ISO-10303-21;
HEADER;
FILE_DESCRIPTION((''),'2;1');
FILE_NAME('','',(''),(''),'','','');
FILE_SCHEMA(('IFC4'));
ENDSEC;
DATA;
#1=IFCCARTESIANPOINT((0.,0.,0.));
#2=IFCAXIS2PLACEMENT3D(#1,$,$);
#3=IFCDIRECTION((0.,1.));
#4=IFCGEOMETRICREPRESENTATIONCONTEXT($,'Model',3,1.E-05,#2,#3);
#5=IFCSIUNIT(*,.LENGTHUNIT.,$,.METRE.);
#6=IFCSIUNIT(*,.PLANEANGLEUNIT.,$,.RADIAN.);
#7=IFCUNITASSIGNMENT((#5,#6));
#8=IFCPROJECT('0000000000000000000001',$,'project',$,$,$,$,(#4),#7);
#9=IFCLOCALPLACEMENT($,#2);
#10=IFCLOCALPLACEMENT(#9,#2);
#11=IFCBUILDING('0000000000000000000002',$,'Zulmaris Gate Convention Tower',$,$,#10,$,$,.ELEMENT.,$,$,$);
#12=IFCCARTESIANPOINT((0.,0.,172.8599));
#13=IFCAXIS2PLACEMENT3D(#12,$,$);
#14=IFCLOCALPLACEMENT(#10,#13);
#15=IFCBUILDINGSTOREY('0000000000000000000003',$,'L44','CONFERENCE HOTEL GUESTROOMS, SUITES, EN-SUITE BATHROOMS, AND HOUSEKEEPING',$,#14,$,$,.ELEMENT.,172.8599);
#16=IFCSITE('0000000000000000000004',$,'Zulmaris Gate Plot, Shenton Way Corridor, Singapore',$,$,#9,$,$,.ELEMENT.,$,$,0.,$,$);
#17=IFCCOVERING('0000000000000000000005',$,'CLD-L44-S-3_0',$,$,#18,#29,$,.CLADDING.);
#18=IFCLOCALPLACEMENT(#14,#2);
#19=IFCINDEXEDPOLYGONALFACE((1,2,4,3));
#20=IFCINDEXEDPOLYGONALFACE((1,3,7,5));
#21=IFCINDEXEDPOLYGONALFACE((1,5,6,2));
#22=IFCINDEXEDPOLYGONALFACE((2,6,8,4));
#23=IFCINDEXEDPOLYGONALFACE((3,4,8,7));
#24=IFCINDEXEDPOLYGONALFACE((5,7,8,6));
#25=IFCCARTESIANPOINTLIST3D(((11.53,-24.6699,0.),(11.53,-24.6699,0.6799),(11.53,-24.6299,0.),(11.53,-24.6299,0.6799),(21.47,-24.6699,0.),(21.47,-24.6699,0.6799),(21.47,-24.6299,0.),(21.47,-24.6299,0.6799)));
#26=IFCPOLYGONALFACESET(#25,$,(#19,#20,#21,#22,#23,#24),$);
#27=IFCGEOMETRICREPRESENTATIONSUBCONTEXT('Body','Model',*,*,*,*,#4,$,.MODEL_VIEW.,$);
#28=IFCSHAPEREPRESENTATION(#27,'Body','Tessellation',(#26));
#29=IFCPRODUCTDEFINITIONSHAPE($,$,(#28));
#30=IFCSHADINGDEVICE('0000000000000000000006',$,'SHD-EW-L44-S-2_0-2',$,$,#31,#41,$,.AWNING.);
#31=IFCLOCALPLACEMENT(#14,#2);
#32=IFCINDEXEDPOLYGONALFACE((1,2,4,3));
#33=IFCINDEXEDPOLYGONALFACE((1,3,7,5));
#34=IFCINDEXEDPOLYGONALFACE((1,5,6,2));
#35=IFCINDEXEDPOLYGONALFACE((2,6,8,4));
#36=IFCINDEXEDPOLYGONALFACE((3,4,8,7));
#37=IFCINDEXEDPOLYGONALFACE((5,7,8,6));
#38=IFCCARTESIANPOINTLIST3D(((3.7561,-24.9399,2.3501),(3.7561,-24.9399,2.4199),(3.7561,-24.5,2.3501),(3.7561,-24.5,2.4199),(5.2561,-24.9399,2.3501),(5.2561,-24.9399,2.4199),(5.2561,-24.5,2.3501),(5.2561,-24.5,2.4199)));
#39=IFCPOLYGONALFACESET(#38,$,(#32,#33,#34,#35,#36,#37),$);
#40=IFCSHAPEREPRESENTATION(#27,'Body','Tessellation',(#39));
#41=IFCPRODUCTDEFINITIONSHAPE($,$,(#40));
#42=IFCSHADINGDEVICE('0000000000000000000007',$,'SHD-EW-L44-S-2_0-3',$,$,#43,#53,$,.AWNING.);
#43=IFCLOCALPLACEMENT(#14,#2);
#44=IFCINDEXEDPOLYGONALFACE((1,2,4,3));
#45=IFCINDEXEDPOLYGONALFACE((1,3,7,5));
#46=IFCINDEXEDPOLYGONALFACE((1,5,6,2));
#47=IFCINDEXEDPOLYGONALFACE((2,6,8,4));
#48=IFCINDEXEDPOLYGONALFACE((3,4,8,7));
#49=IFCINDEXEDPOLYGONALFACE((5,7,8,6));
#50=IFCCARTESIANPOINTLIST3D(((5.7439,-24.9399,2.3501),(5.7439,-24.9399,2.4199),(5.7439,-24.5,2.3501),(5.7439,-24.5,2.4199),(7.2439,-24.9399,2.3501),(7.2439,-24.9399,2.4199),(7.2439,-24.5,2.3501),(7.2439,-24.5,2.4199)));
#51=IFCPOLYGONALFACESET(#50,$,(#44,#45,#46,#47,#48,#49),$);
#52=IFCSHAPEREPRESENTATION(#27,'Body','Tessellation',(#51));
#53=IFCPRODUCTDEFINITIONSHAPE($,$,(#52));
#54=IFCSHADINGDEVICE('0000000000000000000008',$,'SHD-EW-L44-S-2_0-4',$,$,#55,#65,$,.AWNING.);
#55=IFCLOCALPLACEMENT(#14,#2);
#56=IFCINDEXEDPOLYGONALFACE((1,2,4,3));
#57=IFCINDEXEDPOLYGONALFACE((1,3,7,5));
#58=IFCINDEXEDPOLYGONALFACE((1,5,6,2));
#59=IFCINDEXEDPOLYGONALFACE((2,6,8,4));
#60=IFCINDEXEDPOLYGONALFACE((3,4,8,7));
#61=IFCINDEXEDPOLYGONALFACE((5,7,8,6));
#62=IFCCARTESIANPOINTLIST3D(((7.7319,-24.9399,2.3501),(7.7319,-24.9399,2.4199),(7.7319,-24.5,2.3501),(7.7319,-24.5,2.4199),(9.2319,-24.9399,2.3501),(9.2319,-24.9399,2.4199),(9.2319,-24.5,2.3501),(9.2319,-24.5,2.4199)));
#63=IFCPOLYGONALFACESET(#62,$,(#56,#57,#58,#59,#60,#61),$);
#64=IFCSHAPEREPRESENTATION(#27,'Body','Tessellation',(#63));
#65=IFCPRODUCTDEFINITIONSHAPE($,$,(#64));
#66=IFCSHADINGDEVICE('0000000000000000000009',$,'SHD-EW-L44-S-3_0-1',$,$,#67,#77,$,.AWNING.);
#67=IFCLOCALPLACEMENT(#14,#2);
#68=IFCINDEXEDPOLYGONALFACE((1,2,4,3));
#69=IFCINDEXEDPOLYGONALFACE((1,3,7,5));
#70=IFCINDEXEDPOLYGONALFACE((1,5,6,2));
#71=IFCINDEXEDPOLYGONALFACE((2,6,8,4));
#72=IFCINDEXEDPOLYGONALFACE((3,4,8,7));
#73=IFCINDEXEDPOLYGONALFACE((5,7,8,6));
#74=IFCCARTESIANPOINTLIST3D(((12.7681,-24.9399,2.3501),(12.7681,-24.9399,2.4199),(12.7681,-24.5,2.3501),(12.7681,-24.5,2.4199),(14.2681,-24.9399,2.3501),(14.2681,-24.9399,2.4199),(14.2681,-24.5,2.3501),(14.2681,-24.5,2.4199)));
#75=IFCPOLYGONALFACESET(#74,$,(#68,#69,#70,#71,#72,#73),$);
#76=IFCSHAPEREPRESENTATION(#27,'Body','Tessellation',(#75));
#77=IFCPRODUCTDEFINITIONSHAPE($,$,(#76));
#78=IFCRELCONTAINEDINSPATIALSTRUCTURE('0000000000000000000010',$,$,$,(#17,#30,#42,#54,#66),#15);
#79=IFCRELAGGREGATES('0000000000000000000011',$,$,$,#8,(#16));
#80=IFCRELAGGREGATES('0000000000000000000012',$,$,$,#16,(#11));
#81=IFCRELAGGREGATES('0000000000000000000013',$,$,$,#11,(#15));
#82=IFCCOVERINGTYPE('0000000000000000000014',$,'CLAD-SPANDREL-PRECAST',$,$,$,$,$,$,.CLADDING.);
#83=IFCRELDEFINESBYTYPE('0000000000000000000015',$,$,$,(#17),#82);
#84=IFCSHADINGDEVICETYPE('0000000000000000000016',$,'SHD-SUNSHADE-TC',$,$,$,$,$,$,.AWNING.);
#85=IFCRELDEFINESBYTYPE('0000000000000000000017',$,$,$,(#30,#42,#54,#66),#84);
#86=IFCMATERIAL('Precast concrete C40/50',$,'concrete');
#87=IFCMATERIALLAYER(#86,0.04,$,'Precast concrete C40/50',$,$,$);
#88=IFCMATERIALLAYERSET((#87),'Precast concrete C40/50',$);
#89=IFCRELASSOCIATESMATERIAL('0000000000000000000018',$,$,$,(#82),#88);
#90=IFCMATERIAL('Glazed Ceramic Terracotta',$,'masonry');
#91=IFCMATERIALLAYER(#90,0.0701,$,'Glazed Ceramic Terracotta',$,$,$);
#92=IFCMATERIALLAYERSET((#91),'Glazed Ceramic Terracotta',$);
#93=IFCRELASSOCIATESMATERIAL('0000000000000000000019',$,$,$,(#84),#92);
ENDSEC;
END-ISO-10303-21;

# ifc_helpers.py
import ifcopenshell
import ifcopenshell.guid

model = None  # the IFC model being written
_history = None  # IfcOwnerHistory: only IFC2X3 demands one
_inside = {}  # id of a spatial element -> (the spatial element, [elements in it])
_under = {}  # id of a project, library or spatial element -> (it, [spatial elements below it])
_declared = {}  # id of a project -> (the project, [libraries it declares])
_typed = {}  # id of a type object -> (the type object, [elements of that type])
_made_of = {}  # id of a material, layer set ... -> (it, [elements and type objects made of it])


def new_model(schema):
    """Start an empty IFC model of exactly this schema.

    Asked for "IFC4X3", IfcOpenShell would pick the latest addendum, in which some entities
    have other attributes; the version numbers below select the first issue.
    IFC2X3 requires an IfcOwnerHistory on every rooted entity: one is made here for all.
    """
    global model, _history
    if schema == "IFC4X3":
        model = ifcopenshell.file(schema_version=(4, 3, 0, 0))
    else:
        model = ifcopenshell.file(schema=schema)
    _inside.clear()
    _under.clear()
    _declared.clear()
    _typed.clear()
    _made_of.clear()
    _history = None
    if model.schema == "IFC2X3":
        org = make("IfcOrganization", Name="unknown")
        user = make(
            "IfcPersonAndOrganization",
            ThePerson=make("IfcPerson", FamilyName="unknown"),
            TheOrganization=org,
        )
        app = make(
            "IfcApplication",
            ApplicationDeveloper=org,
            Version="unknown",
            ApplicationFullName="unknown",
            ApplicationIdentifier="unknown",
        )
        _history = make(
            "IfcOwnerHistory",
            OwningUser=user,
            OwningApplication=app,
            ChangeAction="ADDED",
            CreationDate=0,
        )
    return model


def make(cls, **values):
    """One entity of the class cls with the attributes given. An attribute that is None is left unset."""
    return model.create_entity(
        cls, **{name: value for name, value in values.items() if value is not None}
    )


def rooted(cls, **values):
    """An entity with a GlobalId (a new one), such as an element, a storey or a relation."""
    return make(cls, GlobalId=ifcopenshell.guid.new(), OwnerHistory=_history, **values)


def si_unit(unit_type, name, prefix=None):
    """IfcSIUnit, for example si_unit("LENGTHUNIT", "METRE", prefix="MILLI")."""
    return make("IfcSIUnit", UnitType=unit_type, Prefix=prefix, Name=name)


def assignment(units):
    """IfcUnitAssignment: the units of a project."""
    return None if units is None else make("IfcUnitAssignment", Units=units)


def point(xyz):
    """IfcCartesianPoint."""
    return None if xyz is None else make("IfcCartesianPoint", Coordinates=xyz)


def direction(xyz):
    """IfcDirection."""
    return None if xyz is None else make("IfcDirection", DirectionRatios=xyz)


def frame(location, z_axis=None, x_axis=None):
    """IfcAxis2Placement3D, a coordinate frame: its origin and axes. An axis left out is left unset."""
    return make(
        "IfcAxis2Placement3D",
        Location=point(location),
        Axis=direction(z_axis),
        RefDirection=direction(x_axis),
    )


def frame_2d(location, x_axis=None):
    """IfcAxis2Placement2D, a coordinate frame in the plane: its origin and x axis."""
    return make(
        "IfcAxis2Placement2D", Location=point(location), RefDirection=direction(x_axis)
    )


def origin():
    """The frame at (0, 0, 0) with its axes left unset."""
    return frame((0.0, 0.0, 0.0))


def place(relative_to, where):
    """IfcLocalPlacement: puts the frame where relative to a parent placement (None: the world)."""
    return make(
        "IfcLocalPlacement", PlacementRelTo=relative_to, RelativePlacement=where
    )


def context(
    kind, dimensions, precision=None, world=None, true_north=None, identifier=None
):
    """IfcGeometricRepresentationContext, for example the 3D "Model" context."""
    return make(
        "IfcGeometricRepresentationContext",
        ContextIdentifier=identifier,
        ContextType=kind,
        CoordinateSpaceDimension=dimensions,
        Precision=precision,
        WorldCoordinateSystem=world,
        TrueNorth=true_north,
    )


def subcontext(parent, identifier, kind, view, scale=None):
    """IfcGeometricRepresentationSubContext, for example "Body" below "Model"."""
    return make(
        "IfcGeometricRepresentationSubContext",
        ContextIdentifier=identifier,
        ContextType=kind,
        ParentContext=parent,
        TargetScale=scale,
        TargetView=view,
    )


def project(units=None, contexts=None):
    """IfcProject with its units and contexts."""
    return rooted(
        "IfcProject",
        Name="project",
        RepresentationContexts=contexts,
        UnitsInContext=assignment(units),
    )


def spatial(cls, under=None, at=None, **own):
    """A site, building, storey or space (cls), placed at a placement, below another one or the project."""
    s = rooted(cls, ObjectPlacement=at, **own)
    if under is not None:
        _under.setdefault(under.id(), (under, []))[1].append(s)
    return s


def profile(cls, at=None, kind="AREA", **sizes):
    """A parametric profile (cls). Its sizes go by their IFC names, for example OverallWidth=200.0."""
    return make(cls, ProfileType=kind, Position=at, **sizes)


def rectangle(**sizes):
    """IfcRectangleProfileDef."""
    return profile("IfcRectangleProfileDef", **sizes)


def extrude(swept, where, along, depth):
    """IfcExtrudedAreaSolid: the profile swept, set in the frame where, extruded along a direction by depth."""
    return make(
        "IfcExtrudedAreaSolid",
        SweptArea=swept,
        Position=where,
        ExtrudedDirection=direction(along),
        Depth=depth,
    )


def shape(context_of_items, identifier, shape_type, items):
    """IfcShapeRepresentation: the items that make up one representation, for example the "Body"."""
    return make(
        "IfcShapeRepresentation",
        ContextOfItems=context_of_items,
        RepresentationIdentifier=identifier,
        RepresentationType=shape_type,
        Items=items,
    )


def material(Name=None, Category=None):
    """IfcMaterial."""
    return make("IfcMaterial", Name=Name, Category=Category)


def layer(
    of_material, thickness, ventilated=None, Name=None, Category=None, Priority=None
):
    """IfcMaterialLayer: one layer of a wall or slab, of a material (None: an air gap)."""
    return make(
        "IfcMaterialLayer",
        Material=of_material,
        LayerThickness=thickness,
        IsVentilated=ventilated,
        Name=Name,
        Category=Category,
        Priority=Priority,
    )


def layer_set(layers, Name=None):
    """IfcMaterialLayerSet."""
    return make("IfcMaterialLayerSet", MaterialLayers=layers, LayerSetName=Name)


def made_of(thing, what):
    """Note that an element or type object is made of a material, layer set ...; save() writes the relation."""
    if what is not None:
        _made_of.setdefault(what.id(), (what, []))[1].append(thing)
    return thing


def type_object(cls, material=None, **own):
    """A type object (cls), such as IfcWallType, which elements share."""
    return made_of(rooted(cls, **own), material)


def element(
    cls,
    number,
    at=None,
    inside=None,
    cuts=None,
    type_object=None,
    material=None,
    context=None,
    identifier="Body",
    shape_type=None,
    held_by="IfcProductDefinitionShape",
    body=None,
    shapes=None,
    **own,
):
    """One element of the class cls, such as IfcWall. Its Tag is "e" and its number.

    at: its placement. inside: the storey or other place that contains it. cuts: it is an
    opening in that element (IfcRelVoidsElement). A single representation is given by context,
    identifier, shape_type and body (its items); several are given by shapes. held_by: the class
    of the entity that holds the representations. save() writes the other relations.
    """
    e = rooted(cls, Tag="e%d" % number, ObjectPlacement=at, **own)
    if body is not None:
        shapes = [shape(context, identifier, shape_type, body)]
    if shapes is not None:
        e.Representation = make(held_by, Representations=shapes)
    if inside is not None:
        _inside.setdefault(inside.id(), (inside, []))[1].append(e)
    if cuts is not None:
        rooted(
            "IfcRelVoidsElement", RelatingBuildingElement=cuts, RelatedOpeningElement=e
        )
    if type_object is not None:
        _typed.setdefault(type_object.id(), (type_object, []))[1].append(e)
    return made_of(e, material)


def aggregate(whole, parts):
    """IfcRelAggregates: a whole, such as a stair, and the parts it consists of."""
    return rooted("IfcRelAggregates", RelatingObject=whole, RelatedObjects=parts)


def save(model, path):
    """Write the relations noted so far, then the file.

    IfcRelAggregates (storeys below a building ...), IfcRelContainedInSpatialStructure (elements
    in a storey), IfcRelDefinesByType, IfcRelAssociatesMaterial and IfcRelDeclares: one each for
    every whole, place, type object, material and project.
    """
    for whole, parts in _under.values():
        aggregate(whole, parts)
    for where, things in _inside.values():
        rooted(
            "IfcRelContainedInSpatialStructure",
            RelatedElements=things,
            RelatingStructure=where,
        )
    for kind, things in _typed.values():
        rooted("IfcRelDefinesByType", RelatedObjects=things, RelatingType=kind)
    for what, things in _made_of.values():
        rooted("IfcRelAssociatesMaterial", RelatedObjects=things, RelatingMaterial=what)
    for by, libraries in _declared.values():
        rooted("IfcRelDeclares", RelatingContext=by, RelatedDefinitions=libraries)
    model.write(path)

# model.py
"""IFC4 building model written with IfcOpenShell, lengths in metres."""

from ifc_helpers import new_model, si_unit, direction, frame, frame_2d, origin, place, context, subcontext, project, spatial, rectangle, extrude, material, layer, layer_set, type_object, element, save


model = new_model("IFC4")

# Units and contexts
model_context = context("Model", 3, precision=1e-05, world=origin(), true_north=direction((0.0, 1.0)))
body_context = subcontext(model_context, "Body", "Model", "MODEL_VIEW")
ifc_project = project(units=[si_unit("LENGTHUNIT", "METRE"), si_unit("PLANEANGLEUNIT", "RADIAN")], contexts=[model_context])

# Site, building, storey
site_placement = place(None, origin())
site = spatial("IfcSite", under=ifc_project, at=site_placement, Name="Zulmaris Gate Plot, Shenton Way Corridor, Singapore", CompositionType="ELEMENT", RefElevation=0.0)
building_placement = place(site_placement, origin())
building = spatial("IfcBuilding", under=site, at=building_placement, Name="Zulmaris Gate Convention Tower", CompositionType="ELEMENT")
storey_placement = place(building_placement, frame((0.0, 0.0, 172.8599)))
storey = spatial("IfcBuildingStorey", under=building, at=storey_placement, Name="L44", Description="CONFERENCE HOTEL GUESTROOMS, SUITES, EN-SUITE BATHROOMS, AND HOUSEKEEPING", CompositionType="ELEMENT", Elevation=172.8599)

# Shared definitions
ifc_material_1 = material(Name="Precast concrete C40/50", Category="concrete")

# Covering
ifc_layer_1 = layer(ifc_material_1, 0.04, Name="Precast concrete C40/50")
ifc_layer_set_1 = layer_set([ifc_layer_1], Name="Precast concrete C40/50")
covering_type = type_object("IfcCoveringType", Name="CLAD-SPANDREL-PRECAST", PredefinedType="CLADDING", material=ifc_layer_set_1)
for number, where, z_axis, x_axis, name in (
    (1, (11.53, -24.6499, 0.0), (0.0, 0.0, 1.0), (1.0, 0.0, 0.0), "CLD-L44-S-3_0"),
):
    element("IfcCovering", number, at=place(storey_placement, frame(where, z_axis=z_axis, x_axis=x_axis)), inside=storey, type_object=covering_type, Name=name, PredefinedType="CLADDING", context=body_context, shape_type="SweptSolid", body=[
        extrude(rectangle(XDim=9.9399, YDim=0.04, at=frame_2d((4.97, 0.0))), origin(), (0.0, 0.0, 1.0), 0.6799),
    ])

# Shading devices
ifc_material_2 = material(Name="Glazed Ceramic Terracotta", Category="masonry")
ifc_layer_2 = layer(ifc_material_2, 0.0701, Name="Glazed Ceramic Terracotta")
ifc_layer_set_2 = layer_set([ifc_layer_2], Name="Glazed Ceramic Terracotta")
shading_device_type = type_object("IfcShadingDeviceType", Name="SHD-SUNSHADE-TC", PredefinedType="AWNING", material=ifc_layer_set_2)
for number, where, z_axis, x_axis, name in (
    (2, (3.7561, -24.72, 2.3501), (0.0, 0.0, 1.0), (1.0, 0.0, 0.0), "SHD-EW-L44-S-2_0-2"),
    (3, (5.7439, -24.72, 2.3501), (0.0, 0.0, 1.0), (1.0, 0.0, 0.0), "SHD-EW-L44-S-2_0-3"),
    (4, (7.7319, -24.72, 2.3501), (0.0, 0.0, 1.0), (1.0, 0.0, 0.0), "SHD-EW-L44-S-2_0-4"),
    (5, (12.7681, -24.72, 2.3501), (0.0, 0.0, 1.0), (1.0, 0.0, 0.0), "SHD-EW-L44-S-3_0-1"),
):
    element("IfcShadingDevice", number, at=place(storey_placement, frame(where, z_axis=z_axis, x_axis=x_axis)), inside=storey, type_object=shading_device_type, Name=name, PredefinedType="AWNING", context=body_context, shape_type="SweptSolid", body=[
        extrude(rectangle(XDim=1.5, YDim=0.4399, at=frame_2d((0.75, 0.0))), origin(), (0.0, 0.0, 1.0), 0.0698),
    ])

save(model, "model.ifc")
